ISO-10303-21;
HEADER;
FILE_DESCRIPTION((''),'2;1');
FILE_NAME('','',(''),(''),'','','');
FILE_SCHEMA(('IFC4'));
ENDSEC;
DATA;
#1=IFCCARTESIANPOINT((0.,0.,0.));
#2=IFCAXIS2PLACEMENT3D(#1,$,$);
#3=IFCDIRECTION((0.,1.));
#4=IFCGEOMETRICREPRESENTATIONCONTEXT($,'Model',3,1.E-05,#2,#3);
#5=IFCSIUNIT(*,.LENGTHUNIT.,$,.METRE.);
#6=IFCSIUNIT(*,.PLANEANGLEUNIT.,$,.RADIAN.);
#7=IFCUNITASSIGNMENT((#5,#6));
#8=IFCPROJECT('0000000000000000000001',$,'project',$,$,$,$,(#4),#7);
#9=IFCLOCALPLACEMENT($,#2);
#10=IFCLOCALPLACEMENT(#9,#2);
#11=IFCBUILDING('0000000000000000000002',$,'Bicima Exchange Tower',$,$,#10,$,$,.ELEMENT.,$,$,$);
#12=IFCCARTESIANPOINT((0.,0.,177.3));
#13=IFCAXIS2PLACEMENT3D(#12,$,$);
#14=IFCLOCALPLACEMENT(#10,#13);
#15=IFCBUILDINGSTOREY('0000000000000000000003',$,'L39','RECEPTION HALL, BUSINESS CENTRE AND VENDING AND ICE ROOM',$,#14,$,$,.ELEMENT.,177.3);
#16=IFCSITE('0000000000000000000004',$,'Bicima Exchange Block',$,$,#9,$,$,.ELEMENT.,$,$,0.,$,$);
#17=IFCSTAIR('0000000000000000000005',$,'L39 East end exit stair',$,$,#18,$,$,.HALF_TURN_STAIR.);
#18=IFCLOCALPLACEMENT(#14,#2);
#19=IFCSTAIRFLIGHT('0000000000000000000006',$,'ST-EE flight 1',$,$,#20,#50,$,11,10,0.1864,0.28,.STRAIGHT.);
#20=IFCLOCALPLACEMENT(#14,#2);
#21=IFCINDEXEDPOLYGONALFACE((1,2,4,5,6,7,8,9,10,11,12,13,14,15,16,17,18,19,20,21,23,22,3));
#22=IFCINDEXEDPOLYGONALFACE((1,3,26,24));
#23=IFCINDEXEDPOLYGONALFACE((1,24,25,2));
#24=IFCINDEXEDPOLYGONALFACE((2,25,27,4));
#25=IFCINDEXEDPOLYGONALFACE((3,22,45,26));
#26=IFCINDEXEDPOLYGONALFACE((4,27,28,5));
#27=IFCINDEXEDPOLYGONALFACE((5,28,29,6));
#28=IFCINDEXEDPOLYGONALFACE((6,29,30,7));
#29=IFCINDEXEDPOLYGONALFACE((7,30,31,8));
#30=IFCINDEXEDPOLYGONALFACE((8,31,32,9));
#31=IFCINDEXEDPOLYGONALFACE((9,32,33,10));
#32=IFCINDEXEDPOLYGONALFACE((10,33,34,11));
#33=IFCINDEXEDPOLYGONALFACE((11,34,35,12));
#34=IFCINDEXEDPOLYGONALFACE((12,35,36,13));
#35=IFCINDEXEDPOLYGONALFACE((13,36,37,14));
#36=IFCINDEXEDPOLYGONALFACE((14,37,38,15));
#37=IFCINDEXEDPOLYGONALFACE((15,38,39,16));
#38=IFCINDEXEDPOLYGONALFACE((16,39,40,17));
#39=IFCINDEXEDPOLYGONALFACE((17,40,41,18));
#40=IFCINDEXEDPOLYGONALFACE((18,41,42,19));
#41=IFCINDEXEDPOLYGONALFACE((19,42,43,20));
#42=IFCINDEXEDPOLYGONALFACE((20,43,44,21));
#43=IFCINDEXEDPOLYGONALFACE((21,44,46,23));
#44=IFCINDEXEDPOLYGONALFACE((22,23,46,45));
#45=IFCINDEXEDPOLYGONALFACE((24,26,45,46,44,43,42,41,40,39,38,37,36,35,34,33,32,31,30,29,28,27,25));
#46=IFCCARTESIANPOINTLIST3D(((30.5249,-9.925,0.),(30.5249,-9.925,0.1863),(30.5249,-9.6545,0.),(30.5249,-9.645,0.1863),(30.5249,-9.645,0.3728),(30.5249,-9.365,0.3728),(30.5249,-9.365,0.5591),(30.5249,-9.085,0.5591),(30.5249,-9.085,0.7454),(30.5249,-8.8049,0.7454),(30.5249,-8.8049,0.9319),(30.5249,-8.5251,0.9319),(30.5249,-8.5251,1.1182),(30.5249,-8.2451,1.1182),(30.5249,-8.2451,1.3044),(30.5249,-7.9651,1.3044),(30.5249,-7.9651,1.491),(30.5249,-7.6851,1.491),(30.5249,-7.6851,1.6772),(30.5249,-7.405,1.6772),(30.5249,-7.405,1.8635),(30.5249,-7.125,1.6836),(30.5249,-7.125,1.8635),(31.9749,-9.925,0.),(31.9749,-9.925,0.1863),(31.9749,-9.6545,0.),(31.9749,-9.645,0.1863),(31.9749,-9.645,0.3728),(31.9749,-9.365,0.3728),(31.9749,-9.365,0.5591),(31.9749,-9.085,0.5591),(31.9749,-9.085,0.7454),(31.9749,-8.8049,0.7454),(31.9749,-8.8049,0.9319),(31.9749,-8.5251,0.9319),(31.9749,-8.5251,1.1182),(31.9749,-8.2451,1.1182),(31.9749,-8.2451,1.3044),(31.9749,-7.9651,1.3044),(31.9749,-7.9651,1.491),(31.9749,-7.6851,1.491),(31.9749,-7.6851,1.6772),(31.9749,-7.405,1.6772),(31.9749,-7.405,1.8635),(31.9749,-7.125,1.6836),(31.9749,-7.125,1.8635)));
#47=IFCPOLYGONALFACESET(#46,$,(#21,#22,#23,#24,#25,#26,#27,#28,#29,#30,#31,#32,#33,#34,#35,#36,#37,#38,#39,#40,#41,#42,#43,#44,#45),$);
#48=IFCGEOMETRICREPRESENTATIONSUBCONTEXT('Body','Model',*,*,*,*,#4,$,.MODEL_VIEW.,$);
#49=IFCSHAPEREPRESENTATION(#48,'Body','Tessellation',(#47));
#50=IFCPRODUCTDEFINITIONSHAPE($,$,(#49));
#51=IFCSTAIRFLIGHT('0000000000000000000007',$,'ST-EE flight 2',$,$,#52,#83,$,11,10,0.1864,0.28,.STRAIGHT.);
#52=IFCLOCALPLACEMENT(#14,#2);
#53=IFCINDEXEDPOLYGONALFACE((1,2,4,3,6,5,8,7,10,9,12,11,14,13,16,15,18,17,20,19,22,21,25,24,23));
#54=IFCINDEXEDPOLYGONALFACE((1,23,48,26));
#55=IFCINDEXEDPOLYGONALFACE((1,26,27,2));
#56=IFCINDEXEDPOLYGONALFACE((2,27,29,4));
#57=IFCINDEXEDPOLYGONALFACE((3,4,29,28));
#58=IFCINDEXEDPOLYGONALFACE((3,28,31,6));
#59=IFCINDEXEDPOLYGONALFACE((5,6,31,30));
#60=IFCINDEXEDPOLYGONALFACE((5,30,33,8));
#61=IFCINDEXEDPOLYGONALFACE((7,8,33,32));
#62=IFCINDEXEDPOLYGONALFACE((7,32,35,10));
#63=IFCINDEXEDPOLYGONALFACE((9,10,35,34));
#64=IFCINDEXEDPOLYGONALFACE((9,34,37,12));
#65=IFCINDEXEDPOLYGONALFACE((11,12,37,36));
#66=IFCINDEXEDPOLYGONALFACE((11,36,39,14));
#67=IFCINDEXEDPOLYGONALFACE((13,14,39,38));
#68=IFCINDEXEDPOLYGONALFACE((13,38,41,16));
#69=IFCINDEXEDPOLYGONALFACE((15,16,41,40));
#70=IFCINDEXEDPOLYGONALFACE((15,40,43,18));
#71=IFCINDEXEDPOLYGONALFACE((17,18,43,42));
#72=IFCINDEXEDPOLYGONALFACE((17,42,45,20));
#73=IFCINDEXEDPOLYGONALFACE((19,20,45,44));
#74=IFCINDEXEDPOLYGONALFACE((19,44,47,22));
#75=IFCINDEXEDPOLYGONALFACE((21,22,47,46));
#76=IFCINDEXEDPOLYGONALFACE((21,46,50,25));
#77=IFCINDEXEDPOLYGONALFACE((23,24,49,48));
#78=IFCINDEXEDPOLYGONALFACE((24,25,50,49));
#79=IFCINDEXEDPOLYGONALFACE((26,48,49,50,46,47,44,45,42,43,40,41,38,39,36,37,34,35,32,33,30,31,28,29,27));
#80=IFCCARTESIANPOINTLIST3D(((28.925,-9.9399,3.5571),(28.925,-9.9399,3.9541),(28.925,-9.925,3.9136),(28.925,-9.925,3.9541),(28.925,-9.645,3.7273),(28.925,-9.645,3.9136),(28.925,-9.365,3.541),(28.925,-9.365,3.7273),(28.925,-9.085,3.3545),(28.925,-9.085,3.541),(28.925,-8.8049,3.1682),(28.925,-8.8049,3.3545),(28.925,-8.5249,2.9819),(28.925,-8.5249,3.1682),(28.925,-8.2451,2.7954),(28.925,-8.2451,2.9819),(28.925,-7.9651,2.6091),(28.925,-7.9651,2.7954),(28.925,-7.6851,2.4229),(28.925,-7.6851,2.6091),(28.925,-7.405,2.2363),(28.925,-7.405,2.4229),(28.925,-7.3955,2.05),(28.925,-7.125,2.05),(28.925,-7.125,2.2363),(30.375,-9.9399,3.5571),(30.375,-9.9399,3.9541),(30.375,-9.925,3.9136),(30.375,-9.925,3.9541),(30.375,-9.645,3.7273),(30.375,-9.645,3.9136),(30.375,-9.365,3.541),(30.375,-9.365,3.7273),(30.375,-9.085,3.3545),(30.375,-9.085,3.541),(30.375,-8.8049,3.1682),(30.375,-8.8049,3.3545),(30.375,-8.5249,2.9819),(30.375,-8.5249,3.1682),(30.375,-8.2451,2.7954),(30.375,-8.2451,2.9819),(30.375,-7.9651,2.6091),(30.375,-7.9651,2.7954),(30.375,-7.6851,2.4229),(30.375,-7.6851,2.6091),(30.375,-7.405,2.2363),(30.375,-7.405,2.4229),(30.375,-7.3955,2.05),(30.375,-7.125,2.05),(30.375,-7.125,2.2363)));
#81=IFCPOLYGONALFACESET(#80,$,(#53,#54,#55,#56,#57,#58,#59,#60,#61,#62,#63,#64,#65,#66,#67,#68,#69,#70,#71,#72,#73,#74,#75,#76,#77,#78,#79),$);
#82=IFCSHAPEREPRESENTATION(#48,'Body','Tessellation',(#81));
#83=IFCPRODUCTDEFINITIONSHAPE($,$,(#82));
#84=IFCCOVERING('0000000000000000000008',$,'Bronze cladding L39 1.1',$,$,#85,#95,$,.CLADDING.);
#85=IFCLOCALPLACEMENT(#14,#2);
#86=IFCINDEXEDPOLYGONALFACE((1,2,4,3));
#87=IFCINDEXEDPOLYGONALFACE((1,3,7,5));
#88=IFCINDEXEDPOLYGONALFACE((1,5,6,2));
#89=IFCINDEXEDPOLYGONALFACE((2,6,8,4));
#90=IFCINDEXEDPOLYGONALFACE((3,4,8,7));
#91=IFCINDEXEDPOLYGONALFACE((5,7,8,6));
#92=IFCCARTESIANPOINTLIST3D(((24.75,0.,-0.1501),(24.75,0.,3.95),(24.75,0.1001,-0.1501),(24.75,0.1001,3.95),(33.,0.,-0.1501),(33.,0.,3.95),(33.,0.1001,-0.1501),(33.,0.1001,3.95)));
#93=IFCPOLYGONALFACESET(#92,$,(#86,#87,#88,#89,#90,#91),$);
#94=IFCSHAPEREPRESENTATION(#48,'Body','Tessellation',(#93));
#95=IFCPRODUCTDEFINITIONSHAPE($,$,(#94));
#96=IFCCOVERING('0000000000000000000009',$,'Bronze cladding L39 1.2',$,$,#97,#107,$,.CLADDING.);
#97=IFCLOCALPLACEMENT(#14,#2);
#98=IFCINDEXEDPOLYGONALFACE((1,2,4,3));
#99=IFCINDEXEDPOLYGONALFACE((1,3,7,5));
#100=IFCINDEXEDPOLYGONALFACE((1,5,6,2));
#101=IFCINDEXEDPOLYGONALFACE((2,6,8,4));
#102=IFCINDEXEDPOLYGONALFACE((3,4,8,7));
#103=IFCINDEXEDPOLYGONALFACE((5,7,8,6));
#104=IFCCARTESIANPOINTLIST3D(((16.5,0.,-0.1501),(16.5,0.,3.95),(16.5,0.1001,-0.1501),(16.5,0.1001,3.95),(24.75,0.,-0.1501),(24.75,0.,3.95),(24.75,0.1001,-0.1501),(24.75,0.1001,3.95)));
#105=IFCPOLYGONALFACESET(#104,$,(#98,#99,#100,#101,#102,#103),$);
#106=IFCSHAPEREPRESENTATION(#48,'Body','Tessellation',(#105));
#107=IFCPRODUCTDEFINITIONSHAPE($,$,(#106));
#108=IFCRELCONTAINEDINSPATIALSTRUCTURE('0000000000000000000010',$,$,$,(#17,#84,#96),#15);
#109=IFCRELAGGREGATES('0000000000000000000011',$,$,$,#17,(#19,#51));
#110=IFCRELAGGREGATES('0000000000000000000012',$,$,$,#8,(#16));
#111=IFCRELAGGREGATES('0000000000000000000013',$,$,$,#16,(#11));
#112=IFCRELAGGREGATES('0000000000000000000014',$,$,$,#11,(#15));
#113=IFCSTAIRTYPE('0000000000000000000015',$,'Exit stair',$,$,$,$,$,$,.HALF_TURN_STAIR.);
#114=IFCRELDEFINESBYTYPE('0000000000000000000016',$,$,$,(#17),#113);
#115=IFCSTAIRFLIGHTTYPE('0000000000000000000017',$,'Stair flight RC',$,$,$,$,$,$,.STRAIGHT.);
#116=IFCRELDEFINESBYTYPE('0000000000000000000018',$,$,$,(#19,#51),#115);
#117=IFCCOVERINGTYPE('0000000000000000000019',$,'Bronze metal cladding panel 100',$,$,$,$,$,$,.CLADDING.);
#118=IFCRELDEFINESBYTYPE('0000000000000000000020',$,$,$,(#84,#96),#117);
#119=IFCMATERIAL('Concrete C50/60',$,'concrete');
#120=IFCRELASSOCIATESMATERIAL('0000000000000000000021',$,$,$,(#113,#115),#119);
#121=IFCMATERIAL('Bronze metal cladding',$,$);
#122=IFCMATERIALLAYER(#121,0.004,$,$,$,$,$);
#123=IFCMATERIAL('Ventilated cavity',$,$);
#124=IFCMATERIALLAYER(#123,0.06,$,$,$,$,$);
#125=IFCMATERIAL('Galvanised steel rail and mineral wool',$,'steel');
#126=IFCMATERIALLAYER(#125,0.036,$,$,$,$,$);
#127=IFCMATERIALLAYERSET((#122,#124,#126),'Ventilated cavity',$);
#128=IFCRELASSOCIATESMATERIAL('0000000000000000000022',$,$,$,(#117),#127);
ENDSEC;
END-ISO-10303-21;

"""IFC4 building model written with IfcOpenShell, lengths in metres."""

from ifc_helpers import new_model, si_unit, direction, frame, origin, origin_2d, place, context, subcontext, project, spatial, polyline, rectangle, outline, extrude, material, layer, layer_set, type_object, element, aggregate, save


model = new_model("IFC4")

# Units and contexts
model_context = context("Model", 3, precision=1e-05, world=origin(), true_north=direction((0.0, 1.0)))
body_context = subcontext(model_context, "Body", "Model", "MODEL_VIEW")
ifc_project = project(units=[si_unit("LENGTHUNIT", "METRE"), si_unit("PLANEANGLEUNIT", "RADIAN")], contexts=[model_context])

# Site, building, storey
site_placement = place(None, origin())
site = spatial("IfcSite", under=ifc_project, at=site_placement, Name="Bicima Exchange Block", CompositionType="ELEMENT", RefElevation=0.0)
building_placement = place(site_placement, origin())
building = spatial("IfcBuilding", under=site, at=building_placement, Name="Bicima Exchange Tower", CompositionType="ELEMENT")
storey_placement = place(building_placement, frame((0.0, 0.0, 177.3)))
storey = spatial("IfcBuildingStorey", under=building, at=storey_placement, Name="L39", Description="RECEPTION HALL, BUSINESS CENTRE AND VENDING AND ICE ROOM", CompositionType="ELEMENT", Elevation=177.3)

# Shared definitions
ifc_material_1 = material(Name="Concrete C50/60", Category="concrete")

# Shared definitions
stair_type = type_object("IfcStairType", Name="Exit stair", PredefinedType="HALF_TURN_STAIR", material=ifc_material_1)
stair_flight_type = type_object("IfcStairFlightType", Name="Stair flight RC", PredefinedType="STRAIGHT", material=ifc_material_1)

# Stair, stair flights
stair_1_placement = place(storey_placement, origin())
stair_1 = element("IfcStair", 1, at=stair_1_placement, inside=storey, type_object=stair_type, Name="L39 East end exit stair", PredefinedType="HALF_TURN_STAIR")
stair_flight_1_placement = place(storey_placement, frame((31.25, -9.925, 0.0), z_axis=(0.0, 0.0, 1.0), x_axis=(0.0, 1.0, 0.0)))
stair_flight_1 = element("IfcStairFlight", 2, at=stair_flight_1_placement, type_object=stair_flight_type, Name="ST-EE flight 1", NumberOfRisers=11, NumberOfTreads=10, PredefinedType="STRAIGHT", RiserHeight=0.1864, TreadLength=0.28, context=body_context, shape_type="SweptSolid", body=[
    extrude(outline(polyline([(0.0, 0.0), (0.0, 0.1863), (0.28, 0.1863), (0.28, 0.3728), (0.5601, 0.3728), (0.5601, 0.5591), (0.8401, 0.5591), (0.8401, 0.7454), (1.1201, 0.7454), (1.1201, 0.9319), (1.3999, 0.9319), (1.3999, 1.1182), (1.6799, 1.1182), (1.6799, 1.3044), (1.96, 1.3044), (1.96, 1.491), (2.24, 1.491), (2.24, 1.6772), (2.52, 1.6772), (2.52, 1.8635), (2.8, 1.8635), (2.8, 2.05), (2.8, 1.6836), (0.2705, 0.0), (0.0, 0.0)])), frame((0.0, 0.7251, 0.0), z_axis=(0.0, -1.0, 0.0), x_axis=(1.0, 0.0, 0.0)), (0.0, 0.0, 1.0), 1.45),
])
stair_flight_2_placement = place(storey_placement, frame((29.6499, -7.125, 2.05), z_axis=(0.0, 0.0, 1.0), x_axis=(0.0, -1.0, 0.0)))
stair_flight_2 = element("IfcStairFlight", 3, at=stair_flight_2_placement, type_object=stair_flight_type, Name="ST-EE flight 2", NumberOfRisers=11, NumberOfTreads=10, PredefinedType="STRAIGHT", RiserHeight=0.1864, TreadLength=0.28, context=body_context, shape_type="SweptSolid", body=[
    extrude(outline(polyline([(0.0, 0.0), (0.0, 0.1863), (0.28, 0.1863), (0.28, 0.3728), (0.5601, 0.3728), (0.5601, 0.5591), (0.8401, 0.5591), (0.8401, 0.7454), (1.1201, 0.7454), (1.1201, 0.9319), (1.3999, 0.9319), (1.3999, 1.1182), (1.6799, 1.1182), (1.6799, 1.3044), (1.96, 1.3044), (1.96, 1.491), (2.24, 1.491), (2.24, 1.6772), (2.52, 1.6772), (2.52, 1.8635), (2.8, 1.8635), (2.8, 1.9041), (2.8149, 1.9041), (2.8149, 1.5071), (0.2705, 0.0), (0.0, 0.0)])), frame((0.0, 0.7251, 0.0), z_axis=(0.0, -1.0, 0.0), x_axis=(1.0, 0.0, 0.0)), (0.0, 0.0, 1.0), 1.45),
])
aggregate(stair_1, [stair_flight_1, stair_flight_2])

# Coverings
ifc_material_2 = material(Name="Bronze metal cladding")
ifc_layer_1 = layer(ifc_material_2, 0.004)
ifc_material_3 = material(Name="Ventilated cavity")
ifc_layer_2 = layer(ifc_material_3, 0.06)
ifc_material_4 = material(Name="Galvanised steel rail and mineral wool", Category="steel")
ifc_layer_3 = layer(ifc_material_4, 0.036)
ifc_layer_set_1 = layer_set([ifc_layer_1, ifc_layer_2, ifc_layer_3], Name="Ventilated cavity")
covering_type = type_object("IfcCoveringType", Name="Bronze metal cladding panel 100", PredefinedType="CLADDING", material=ifc_layer_set_1)
for number, where, z_axis, x_axis, name in (
    (4, (28.875, 0.05, -0.1501), (0.0, 0.0, 1.0), (-1.0, 0.0, 0.0), "Bronze cladding L39 1.1"),
    (5, (20.625, 0.05, -0.1501), (0.0, 0.0, 1.0), (-1.0, 0.0, 0.0), "Bronze cladding L39 1.2"),
):
    element("IfcCovering", number, at=place(storey_placement, frame(where, z_axis=z_axis, x_axis=x_axis)), inside=storey, type_object=covering_type, Name=name, PredefinedType="CLADDING", context=body_context, shape_type="SweptSolid", body=[
        extrude(rectangle(XDim=8.25, YDim=0.1001, at=origin_2d()), origin(), (0.0, 0.0, 1.0), 4.1001),
    ])

save(model, "model.ifc")
